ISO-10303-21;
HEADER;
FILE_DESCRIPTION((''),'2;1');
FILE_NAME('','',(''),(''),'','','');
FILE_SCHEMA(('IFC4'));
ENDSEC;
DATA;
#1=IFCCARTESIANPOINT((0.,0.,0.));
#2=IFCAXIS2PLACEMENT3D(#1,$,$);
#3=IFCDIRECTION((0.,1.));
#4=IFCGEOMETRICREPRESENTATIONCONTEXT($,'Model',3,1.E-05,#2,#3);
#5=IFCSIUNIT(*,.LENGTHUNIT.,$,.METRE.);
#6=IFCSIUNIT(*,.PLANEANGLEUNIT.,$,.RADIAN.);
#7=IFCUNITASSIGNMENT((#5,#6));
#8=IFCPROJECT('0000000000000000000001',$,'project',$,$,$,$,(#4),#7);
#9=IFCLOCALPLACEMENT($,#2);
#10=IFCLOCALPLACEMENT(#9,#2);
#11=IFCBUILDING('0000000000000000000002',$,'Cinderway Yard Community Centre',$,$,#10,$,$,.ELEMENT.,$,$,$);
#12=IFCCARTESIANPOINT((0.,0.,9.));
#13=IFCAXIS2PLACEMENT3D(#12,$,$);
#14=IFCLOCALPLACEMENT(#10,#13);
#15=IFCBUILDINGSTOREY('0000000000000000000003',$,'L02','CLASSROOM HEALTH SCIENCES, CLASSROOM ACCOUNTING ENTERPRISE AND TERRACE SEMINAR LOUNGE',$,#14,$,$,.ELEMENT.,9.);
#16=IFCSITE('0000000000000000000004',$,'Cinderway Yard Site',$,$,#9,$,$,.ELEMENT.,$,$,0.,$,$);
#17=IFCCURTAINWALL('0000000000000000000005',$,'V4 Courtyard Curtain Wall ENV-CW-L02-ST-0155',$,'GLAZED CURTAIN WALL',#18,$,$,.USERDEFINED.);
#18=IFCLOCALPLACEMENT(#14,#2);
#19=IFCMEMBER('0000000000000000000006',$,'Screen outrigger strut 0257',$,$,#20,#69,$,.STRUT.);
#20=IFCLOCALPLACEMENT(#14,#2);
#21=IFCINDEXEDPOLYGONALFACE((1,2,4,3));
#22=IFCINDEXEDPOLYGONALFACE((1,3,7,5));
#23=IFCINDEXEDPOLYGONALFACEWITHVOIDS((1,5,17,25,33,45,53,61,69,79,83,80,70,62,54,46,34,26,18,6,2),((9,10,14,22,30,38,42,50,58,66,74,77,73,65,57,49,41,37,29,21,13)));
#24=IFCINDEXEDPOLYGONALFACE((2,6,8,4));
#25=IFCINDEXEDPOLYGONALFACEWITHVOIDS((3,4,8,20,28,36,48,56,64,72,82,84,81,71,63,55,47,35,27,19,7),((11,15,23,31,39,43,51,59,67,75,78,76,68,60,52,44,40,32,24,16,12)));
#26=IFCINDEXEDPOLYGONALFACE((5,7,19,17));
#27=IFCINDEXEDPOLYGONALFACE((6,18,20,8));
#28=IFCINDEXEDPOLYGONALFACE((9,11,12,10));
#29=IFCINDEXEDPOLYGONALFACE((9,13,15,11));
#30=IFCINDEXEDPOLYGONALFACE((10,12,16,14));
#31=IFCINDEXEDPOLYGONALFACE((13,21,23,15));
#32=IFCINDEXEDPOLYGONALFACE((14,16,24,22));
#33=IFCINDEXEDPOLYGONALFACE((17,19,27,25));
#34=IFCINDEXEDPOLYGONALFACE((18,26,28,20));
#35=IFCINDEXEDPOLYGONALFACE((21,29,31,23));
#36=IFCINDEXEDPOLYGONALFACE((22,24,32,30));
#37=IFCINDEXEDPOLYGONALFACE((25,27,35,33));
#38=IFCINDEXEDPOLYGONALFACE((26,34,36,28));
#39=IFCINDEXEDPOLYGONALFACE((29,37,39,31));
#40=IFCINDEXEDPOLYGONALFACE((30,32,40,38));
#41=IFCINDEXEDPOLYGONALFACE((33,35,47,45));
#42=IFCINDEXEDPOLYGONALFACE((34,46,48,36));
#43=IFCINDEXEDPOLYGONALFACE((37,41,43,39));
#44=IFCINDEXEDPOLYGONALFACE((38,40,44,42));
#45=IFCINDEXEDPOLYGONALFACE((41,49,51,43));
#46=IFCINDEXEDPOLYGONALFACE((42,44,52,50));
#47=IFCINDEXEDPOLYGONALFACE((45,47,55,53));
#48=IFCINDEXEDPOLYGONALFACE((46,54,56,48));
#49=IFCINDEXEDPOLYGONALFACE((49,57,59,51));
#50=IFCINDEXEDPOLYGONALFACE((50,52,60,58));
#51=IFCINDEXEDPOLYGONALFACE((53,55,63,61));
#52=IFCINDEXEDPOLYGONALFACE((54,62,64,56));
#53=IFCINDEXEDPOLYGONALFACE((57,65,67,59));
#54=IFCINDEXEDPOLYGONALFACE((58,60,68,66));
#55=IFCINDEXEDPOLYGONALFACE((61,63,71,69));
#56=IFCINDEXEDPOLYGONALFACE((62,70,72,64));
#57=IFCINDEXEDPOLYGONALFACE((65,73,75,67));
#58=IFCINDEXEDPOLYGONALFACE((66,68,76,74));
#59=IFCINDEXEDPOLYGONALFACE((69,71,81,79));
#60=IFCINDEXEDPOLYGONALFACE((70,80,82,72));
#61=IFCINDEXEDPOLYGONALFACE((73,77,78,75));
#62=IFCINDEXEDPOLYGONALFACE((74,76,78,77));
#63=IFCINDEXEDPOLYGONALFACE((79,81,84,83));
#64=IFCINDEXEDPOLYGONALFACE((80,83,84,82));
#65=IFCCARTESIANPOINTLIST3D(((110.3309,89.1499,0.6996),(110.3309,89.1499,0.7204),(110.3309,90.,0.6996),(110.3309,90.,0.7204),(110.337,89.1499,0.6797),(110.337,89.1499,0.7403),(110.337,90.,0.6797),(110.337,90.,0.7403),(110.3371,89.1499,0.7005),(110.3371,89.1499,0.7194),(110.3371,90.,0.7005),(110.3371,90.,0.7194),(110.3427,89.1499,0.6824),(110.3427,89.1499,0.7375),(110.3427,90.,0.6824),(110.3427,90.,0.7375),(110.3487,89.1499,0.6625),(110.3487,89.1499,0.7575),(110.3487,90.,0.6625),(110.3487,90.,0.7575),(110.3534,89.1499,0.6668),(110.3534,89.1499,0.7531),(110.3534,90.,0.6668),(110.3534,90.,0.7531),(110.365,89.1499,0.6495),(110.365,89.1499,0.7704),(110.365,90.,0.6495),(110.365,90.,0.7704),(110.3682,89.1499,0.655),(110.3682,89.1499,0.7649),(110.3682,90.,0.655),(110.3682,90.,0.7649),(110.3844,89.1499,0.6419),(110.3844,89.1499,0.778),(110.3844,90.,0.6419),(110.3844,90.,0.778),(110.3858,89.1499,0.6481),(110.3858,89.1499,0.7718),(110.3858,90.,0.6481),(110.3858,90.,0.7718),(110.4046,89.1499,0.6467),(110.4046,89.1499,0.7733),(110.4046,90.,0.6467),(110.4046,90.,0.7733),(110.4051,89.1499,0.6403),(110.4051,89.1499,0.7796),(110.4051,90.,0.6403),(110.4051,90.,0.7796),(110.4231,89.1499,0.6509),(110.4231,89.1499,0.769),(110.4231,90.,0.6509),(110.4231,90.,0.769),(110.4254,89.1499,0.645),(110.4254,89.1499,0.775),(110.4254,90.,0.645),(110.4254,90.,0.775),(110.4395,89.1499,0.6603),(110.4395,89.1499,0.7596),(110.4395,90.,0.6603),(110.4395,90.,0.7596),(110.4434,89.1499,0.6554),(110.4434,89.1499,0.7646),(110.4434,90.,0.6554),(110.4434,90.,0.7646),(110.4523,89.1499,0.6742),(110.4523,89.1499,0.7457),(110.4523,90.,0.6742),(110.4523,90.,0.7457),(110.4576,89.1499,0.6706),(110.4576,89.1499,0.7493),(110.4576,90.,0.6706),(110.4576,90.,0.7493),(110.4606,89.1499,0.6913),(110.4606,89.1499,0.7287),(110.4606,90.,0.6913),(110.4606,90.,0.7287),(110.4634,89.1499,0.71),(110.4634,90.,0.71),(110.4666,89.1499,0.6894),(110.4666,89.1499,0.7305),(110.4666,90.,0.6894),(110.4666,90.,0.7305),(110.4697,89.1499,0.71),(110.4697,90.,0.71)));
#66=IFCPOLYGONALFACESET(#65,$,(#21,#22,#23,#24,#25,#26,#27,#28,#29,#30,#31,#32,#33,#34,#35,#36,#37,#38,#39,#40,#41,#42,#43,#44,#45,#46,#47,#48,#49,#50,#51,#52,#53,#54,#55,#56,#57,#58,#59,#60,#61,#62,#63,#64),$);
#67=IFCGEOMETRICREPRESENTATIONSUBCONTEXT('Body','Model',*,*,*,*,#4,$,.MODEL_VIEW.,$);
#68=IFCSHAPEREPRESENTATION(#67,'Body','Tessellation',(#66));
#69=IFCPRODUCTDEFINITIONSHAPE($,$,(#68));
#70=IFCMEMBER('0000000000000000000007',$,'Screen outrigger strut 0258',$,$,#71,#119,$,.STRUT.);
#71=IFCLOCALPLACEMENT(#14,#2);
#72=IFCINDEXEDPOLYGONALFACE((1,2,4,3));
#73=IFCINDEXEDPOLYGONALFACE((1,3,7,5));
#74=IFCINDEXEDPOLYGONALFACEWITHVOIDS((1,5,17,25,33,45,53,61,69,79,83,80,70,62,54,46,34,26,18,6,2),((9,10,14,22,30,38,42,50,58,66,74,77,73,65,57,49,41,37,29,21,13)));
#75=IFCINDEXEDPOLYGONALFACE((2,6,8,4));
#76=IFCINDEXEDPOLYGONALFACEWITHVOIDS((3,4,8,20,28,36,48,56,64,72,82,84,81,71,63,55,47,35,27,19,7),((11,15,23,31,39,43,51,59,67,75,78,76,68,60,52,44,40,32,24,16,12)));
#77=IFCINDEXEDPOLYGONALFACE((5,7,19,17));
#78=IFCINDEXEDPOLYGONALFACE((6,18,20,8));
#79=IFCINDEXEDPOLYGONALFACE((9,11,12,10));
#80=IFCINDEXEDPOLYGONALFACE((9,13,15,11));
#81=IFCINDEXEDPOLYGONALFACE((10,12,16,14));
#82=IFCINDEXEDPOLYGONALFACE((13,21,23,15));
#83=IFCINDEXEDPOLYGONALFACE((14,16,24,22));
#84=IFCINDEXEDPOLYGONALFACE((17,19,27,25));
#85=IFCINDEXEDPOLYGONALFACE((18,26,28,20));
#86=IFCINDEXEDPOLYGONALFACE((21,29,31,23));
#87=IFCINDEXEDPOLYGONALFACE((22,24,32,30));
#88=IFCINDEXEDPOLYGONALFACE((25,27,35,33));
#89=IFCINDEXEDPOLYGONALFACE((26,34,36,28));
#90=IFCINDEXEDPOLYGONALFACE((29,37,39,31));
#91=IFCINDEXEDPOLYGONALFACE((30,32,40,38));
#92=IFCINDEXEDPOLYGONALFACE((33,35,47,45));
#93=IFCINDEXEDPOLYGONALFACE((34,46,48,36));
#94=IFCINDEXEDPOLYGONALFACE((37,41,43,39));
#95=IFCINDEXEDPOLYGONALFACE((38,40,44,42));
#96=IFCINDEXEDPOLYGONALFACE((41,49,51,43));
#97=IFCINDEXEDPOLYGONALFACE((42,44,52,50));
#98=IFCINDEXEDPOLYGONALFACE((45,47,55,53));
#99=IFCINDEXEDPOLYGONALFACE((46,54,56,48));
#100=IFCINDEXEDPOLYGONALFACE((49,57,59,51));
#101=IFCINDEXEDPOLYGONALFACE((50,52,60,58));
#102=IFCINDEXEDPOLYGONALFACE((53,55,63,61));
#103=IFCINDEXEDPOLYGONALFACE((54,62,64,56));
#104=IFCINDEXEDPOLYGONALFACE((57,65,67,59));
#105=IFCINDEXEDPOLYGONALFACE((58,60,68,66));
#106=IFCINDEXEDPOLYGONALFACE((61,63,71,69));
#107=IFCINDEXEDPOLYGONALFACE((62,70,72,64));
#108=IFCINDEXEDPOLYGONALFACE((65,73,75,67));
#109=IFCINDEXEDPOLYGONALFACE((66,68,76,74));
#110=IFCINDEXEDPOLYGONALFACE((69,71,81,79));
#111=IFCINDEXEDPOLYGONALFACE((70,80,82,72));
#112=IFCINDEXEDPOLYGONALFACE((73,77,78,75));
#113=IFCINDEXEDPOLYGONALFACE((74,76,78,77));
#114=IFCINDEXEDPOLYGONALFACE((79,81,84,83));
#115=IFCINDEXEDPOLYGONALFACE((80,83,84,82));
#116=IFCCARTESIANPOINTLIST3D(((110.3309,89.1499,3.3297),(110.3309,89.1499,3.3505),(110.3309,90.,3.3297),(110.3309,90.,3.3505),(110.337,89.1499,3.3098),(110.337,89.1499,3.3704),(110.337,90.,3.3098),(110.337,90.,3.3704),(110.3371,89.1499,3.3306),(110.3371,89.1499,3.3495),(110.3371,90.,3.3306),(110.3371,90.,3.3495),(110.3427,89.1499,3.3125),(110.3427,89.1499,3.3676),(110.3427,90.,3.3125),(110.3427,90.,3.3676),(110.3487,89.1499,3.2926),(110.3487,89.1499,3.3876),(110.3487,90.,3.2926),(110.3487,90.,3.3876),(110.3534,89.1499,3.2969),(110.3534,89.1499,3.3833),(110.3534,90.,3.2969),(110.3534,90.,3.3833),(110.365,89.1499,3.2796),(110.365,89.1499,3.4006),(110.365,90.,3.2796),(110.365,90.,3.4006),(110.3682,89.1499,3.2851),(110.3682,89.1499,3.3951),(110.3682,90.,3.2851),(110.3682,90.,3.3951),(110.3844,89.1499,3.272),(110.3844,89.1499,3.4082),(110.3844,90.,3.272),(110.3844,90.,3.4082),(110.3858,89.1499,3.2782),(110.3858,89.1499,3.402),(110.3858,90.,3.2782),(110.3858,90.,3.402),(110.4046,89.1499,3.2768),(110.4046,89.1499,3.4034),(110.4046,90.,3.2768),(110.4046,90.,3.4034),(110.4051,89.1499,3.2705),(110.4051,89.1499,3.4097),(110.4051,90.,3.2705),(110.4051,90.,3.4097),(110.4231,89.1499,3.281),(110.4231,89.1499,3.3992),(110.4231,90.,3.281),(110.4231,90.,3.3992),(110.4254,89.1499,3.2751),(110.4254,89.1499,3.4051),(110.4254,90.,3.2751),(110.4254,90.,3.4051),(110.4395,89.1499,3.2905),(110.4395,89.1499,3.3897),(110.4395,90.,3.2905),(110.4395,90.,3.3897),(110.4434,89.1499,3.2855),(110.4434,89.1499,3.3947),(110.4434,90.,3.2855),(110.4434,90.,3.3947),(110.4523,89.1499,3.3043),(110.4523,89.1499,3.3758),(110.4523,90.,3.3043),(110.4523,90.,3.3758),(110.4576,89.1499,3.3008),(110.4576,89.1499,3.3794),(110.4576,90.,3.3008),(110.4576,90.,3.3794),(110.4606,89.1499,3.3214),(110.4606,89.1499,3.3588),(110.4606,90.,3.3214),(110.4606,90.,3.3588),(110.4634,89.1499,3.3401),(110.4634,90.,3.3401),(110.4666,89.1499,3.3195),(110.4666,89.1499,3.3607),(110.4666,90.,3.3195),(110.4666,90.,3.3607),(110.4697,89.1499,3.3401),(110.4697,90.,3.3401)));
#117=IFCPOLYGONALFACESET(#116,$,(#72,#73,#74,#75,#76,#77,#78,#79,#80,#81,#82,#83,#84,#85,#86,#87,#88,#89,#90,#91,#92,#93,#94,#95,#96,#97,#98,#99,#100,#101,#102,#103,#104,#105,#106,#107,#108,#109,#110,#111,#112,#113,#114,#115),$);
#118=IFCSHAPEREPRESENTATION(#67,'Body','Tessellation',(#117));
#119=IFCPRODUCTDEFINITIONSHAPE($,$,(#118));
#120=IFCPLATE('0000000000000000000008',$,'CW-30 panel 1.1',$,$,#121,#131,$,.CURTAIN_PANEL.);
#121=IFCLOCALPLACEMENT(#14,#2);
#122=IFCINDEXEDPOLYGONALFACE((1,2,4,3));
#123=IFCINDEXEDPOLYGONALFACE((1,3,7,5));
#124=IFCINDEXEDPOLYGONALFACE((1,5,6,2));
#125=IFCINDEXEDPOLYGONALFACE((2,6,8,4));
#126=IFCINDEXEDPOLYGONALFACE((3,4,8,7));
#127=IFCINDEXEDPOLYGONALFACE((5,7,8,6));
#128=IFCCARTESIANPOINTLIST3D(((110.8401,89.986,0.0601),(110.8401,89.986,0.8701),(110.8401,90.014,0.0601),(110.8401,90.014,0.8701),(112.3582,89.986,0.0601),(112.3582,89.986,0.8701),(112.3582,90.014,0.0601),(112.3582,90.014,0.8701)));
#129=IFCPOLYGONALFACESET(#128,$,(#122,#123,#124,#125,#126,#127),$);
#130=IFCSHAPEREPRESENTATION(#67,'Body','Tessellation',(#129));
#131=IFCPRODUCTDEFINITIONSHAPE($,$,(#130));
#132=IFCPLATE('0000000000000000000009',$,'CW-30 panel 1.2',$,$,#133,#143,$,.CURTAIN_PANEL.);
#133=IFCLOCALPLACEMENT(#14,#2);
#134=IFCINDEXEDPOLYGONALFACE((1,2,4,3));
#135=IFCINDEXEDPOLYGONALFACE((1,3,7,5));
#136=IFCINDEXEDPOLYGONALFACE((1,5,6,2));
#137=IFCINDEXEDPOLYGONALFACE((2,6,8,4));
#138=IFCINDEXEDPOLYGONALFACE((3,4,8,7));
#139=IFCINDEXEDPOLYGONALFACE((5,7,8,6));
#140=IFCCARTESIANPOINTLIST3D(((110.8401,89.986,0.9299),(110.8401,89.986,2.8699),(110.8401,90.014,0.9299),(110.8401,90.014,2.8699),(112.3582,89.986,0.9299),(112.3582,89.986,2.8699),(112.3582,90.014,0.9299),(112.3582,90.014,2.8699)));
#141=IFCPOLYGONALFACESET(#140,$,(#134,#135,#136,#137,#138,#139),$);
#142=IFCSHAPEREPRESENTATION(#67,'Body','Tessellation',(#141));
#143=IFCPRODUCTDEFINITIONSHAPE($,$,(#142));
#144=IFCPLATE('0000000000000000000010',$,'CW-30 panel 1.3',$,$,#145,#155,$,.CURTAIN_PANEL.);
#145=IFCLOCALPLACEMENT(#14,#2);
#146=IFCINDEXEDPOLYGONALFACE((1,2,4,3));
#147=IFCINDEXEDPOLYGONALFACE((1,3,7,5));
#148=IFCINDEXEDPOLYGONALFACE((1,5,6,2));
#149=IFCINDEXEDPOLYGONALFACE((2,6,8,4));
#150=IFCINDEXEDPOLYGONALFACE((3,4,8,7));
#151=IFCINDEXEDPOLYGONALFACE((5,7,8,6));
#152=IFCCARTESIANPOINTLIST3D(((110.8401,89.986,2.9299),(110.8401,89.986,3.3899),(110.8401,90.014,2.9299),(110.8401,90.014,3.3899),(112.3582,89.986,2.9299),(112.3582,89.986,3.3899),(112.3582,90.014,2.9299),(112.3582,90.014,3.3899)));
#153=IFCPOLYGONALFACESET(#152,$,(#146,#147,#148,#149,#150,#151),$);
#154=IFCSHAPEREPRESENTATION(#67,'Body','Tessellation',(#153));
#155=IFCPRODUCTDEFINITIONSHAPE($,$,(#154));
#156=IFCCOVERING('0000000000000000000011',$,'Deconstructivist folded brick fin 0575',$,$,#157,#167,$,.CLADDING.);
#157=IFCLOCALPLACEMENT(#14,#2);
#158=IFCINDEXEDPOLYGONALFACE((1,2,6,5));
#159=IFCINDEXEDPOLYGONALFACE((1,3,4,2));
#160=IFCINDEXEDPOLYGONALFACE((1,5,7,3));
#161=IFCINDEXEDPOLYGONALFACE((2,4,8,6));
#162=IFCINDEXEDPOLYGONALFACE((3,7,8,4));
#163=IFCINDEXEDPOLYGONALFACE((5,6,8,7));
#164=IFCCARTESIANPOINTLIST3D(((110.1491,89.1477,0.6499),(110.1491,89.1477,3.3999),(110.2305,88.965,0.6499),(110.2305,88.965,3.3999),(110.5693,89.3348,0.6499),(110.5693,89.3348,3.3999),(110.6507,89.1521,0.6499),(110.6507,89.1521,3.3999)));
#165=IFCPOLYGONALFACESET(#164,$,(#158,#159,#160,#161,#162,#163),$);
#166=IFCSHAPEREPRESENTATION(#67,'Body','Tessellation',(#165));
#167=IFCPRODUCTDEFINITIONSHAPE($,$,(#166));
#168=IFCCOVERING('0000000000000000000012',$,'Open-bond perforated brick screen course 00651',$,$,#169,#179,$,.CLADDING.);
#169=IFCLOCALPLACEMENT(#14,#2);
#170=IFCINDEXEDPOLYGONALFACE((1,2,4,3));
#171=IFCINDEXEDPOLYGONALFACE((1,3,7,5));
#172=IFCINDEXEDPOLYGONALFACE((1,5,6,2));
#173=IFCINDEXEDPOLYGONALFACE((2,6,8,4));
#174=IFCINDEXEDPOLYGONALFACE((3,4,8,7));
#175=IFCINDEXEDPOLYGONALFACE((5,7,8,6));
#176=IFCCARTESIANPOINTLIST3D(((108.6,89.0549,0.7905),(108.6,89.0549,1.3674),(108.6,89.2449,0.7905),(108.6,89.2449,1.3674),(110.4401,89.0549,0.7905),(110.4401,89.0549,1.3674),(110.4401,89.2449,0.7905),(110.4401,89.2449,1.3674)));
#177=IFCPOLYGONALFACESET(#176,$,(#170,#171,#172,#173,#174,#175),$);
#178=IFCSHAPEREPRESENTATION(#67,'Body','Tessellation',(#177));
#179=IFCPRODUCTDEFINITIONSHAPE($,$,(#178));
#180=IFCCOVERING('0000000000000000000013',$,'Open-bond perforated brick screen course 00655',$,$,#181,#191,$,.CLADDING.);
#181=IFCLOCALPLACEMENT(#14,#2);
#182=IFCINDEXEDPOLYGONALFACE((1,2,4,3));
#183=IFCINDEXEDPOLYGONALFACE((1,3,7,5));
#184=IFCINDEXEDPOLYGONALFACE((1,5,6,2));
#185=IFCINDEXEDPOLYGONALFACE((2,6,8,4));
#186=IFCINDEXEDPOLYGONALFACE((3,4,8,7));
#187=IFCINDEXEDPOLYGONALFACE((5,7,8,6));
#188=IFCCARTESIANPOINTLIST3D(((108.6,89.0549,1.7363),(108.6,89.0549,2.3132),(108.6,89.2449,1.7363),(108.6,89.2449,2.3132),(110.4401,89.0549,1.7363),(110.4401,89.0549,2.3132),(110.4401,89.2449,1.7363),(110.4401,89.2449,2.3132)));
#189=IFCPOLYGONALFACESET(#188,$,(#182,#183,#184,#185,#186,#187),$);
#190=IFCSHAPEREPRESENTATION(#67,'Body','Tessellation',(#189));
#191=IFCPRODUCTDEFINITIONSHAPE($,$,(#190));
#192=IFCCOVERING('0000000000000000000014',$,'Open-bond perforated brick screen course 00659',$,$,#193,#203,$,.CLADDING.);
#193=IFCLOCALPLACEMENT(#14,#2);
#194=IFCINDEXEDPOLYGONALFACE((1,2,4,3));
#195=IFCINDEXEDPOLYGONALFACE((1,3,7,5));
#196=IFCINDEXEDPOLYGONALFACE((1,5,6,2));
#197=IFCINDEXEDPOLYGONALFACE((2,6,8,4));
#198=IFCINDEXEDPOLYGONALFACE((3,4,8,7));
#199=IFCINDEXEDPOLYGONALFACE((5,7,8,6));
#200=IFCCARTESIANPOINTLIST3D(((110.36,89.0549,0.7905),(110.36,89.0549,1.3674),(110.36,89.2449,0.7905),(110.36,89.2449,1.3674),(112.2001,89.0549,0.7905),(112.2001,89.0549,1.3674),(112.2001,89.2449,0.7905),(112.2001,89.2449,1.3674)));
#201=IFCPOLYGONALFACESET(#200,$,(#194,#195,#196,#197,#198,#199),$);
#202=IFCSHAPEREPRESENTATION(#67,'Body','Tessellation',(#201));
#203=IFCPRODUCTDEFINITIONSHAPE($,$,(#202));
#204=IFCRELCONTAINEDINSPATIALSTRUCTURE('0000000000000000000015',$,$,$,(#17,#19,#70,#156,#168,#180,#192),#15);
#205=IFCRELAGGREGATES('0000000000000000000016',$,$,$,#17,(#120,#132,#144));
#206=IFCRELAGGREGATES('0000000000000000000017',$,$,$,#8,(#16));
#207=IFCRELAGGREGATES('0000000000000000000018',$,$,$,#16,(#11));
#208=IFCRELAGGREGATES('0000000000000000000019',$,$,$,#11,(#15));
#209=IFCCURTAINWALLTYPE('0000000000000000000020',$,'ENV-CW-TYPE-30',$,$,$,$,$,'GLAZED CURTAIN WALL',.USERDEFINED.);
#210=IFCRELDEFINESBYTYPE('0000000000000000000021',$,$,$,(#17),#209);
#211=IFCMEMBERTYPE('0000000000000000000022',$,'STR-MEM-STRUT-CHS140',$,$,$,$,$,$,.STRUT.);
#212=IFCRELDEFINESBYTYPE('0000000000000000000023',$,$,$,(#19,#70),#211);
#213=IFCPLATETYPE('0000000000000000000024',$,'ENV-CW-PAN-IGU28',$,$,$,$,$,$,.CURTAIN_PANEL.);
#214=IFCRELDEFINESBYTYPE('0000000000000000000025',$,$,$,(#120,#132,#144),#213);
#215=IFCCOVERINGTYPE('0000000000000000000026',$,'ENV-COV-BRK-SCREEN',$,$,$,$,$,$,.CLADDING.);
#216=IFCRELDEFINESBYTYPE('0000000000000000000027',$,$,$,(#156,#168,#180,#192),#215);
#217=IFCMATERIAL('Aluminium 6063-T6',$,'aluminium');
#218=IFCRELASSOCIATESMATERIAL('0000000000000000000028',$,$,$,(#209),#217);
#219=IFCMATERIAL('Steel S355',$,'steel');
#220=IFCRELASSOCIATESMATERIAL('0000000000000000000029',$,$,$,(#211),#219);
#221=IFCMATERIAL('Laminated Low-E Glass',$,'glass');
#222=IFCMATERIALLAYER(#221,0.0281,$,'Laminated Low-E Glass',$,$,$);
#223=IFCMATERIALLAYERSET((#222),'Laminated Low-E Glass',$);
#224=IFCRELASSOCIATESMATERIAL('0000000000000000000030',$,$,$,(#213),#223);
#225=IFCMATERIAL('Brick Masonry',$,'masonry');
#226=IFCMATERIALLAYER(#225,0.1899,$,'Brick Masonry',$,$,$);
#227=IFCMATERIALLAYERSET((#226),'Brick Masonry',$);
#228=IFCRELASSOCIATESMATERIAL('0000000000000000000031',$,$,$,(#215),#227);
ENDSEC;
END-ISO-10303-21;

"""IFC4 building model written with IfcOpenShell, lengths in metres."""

from ifc_helpers import new_model, si_unit, direction, frame, origin, origin_2d, place, context, subcontext, project, spatial, rectangle, hollow_circle, extrude, material, layer, layer_set, material_profile, profile_set, type_object, element, aggregate, save


model = new_model("IFC4")

# Units and contexts
model_context = context("Model", 3, precision=1e-05, world=origin(), true_north=direction((0.0, 1.0)))
body_context = subcontext(model_context, "Body", "Model", "MODEL_VIEW")
ifc_project = project(units=[si_unit("LENGTHUNIT", "METRE"), si_unit("PLANEANGLEUNIT", "RADIAN")], contexts=[model_context])

# Site, building, storey
site_placement = place(None, origin())
site = spatial("IfcSite", under=ifc_project, at=site_placement, Name="Cinderway Yard Site", CompositionType="ELEMENT", RefElevation=0.0)
building_placement = place(site_placement, origin())
building = spatial("IfcBuilding", under=site, at=building_placement, Name="Cinderway Yard Community Centre", CompositionType="ELEMENT")
storey_placement = place(building_placement, frame((0.0, 0.0, 9.0)))
storey = spatial("IfcBuildingStorey", under=building, at=storey_placement, Name="L02", Description="CLASSROOM HEALTH SCIENCES, CLASSROOM ACCOUNTING ENTERPRISE AND TERRACE SEMINAR LOUNGE", CompositionType="ELEMENT", Elevation=9.0)

# Shared definitions
ifc_material_1 = material(Name="Aluminium 6063-T6", Category="aluminium")
curtain_wall_type = type_object("IfcCurtainWallType", Name="ENV-CW-TYPE-30", ElementType="GLAZED CURTAIN WALL", PredefinedType="USERDEFINED", material=ifc_material_1)

# Curtain wall
curtain_wall_1_placement = place(storey_placement, origin())
curtain_wall_1 = element("IfcCurtainWall", 1, at=curtain_wall_1_placement, inside=storey, type_object=curtain_wall_type, Name="V4 Courtyard Curtain Wall ENV-CW-L02-ST-0155", ObjectType="GLAZED CURTAIN WALL", PredefinedType="USERDEFINED")

# Shared definitions
ifc_material_2 = material(Name="Steel S355", Category="steel")

# Members
ifc_material_profile_1 = material_profile(ifc_material_2, hollow_circle(Radius=0.0698, WallThickness=0.0063, at=origin_2d()), Name="Steel S355")
ifc_profile_set_1 = profile_set([ifc_material_profile_1], Name="Steel S355")
member_type_1 = type_object("IfcMemberType", Name="STR-MEM-STRUT-CHS140", PredefinedType="STRUT", material=ifc_profile_set_1)
for number, where, z_axis, x_axis, name in (
    (2, (110.3999, 90.0, 0.71), (0.0, -1.0, 0.0), (1.0, 0.0, 0.0), "Screen outrigger strut 0257"),
    (3, (110.3999, 90.0, 3.3401), (0.0, -1.0, 0.0), (1.0, 0.0, 0.0), "Screen outrigger strut 0258"),
):
    element("IfcMember", number, at=place(storey_placement, frame(where, z_axis=z_axis, x_axis=x_axis)), inside=storey, type_object=member_type_1, Name=name, PredefinedType="STRUT", context=body_context, shape_type="SweptSolid", body=[
        extrude(hollow_circle(Radius=0.0698, WallThickness=0.0063, at=origin_2d()), origin(), (0.0, 0.0, 1.0), 0.8501),
    ])

# Plates
ifc_material_3 = material(Name="Laminated Low-E Glass", Category="glass")
ifc_layer_1 = layer(ifc_material_3, 0.0281, Name="Laminated Low-E Glass")
ifc_layer_set_1 = layer_set([ifc_layer_1], Name="Laminated Low-E Glass")
plate_type = type_object("IfcPlateType", Name="ENV-CW-PAN-IGU28", PredefinedType="CURTAIN_PANEL", material=ifc_layer_set_1)
plate_1_placement = place(storey_placement, frame((111.5991, 90.0, 0.0601), z_axis=(0.0, 0.0, 1.0), x_axis=(1.0, 0.0, 0.0)))
plate_1 = element("IfcPlate", 4, at=plate_1_placement, type_object=plate_type, Name="CW-30 panel 1.1", PredefinedType="CURTAIN_PANEL", context=body_context, shape_type="SweptSolid", body=[
    extrude(rectangle(XDim=1.5181, YDim=0.0281, at=origin_2d()), origin(), (0.0, 0.0, 1.0), 0.8101),
])
plate_2_placement = place(storey_placement, frame((111.5991, 90.0, 0.9299), z_axis=(0.0, 0.0, 1.0), x_axis=(1.0, 0.0, 0.0)))
plate_2 = element("IfcPlate", 5, at=plate_2_placement, type_object=plate_type, Name="CW-30 panel 1.2", PredefinedType="CURTAIN_PANEL", context=body_context, shape_type="SweptSolid", body=[
    extrude(rectangle(XDim=1.5181, YDim=0.0281, at=origin_2d()), origin(), (0.0, 0.0, 1.0), 1.9399),
])
plate_3_placement = place(storey_placement, frame((111.5991, 90.0, 2.9299), z_axis=(0.0, 0.0, 1.0), x_axis=(1.0, 0.0, 0.0)))
plate_3 = element("IfcPlate", 6, at=plate_3_placement, type_object=plate_type, Name="CW-30 panel 1.3", PredefinedType="CURTAIN_PANEL", context=body_context, shape_type="SweptSolid", body=[
    extrude(rectangle(XDim=1.5181, YDim=0.0281, at=origin_2d()), origin(), (0.0, 0.0, 1.0), 0.46),
])
aggregate(curtain_wall_1, [plate_1, plate_2, plate_3])

# Coverings
ifc_material_4 = material(Name="Brick Masonry", Category="masonry")
ifc_layer_2 = layer(ifc_material_4, 0.1899, Name="Brick Masonry")
ifc_layer_set_2 = layer_set([ifc_layer_2], Name="Brick Masonry")
covering_type = type_object("IfcCoveringType", Name="ENV-COV-BRK-SCREEN", PredefinedType="CLADDING", material=ifc_layer_set_2)
covering_placement = place(storey_placement, frame((110.3999, 89.1499, 0.6499), z_axis=(0.0, 0.0, 1.0), x_axis=(-0.913545, -0.406737, 0.0)))
element("IfcCovering", 7, at=covering_placement, inside=storey, type_object=covering_type, Name="Deconstructivist folded brick fin 0575", PredefinedType="CLADDING", context=body_context, shape_type="SweptSolid", body=[
    extrude(rectangle(XDim=0.46, YDim=0.2, at=origin_2d()), origin(), (0.0, 0.0, 1.0), 2.75),
])
for number, where, z_axis, x_axis, name in (
    (8, (109.52, 89.1499, 0.7905), (0.0, 0.0, 1.0), (-1.0, 0.0, 0.0), "Open-bond perforated brick screen course 00651"),
    (9, (109.52, 89.1499, 1.7363), (0.0, 0.0, 1.0), (-1.0, 0.0, 0.0), "Open-bond perforated brick screen course 00655"),
    (10, (111.28, 89.1499, 0.7905), (0.0, 0.0, 1.0), (-1.0, 0.0, 0.0), "Open-bond perforated brick screen course 00659"),
):
    element("IfcCovering", number, at=place(storey_placement, frame(where, z_axis=z_axis, x_axis=x_axis)), inside=storey, type_object=covering_type, Name=name, PredefinedType="CLADDING", context=body_context, shape_type="SweptSolid", body=[
        extrude(rectangle(XDim=1.8401, YDim=0.1899, at=origin_2d()), origin(), (0.0, 0.0, 1.0), 0.5769),
    ])

save(model, "model.ifc")
